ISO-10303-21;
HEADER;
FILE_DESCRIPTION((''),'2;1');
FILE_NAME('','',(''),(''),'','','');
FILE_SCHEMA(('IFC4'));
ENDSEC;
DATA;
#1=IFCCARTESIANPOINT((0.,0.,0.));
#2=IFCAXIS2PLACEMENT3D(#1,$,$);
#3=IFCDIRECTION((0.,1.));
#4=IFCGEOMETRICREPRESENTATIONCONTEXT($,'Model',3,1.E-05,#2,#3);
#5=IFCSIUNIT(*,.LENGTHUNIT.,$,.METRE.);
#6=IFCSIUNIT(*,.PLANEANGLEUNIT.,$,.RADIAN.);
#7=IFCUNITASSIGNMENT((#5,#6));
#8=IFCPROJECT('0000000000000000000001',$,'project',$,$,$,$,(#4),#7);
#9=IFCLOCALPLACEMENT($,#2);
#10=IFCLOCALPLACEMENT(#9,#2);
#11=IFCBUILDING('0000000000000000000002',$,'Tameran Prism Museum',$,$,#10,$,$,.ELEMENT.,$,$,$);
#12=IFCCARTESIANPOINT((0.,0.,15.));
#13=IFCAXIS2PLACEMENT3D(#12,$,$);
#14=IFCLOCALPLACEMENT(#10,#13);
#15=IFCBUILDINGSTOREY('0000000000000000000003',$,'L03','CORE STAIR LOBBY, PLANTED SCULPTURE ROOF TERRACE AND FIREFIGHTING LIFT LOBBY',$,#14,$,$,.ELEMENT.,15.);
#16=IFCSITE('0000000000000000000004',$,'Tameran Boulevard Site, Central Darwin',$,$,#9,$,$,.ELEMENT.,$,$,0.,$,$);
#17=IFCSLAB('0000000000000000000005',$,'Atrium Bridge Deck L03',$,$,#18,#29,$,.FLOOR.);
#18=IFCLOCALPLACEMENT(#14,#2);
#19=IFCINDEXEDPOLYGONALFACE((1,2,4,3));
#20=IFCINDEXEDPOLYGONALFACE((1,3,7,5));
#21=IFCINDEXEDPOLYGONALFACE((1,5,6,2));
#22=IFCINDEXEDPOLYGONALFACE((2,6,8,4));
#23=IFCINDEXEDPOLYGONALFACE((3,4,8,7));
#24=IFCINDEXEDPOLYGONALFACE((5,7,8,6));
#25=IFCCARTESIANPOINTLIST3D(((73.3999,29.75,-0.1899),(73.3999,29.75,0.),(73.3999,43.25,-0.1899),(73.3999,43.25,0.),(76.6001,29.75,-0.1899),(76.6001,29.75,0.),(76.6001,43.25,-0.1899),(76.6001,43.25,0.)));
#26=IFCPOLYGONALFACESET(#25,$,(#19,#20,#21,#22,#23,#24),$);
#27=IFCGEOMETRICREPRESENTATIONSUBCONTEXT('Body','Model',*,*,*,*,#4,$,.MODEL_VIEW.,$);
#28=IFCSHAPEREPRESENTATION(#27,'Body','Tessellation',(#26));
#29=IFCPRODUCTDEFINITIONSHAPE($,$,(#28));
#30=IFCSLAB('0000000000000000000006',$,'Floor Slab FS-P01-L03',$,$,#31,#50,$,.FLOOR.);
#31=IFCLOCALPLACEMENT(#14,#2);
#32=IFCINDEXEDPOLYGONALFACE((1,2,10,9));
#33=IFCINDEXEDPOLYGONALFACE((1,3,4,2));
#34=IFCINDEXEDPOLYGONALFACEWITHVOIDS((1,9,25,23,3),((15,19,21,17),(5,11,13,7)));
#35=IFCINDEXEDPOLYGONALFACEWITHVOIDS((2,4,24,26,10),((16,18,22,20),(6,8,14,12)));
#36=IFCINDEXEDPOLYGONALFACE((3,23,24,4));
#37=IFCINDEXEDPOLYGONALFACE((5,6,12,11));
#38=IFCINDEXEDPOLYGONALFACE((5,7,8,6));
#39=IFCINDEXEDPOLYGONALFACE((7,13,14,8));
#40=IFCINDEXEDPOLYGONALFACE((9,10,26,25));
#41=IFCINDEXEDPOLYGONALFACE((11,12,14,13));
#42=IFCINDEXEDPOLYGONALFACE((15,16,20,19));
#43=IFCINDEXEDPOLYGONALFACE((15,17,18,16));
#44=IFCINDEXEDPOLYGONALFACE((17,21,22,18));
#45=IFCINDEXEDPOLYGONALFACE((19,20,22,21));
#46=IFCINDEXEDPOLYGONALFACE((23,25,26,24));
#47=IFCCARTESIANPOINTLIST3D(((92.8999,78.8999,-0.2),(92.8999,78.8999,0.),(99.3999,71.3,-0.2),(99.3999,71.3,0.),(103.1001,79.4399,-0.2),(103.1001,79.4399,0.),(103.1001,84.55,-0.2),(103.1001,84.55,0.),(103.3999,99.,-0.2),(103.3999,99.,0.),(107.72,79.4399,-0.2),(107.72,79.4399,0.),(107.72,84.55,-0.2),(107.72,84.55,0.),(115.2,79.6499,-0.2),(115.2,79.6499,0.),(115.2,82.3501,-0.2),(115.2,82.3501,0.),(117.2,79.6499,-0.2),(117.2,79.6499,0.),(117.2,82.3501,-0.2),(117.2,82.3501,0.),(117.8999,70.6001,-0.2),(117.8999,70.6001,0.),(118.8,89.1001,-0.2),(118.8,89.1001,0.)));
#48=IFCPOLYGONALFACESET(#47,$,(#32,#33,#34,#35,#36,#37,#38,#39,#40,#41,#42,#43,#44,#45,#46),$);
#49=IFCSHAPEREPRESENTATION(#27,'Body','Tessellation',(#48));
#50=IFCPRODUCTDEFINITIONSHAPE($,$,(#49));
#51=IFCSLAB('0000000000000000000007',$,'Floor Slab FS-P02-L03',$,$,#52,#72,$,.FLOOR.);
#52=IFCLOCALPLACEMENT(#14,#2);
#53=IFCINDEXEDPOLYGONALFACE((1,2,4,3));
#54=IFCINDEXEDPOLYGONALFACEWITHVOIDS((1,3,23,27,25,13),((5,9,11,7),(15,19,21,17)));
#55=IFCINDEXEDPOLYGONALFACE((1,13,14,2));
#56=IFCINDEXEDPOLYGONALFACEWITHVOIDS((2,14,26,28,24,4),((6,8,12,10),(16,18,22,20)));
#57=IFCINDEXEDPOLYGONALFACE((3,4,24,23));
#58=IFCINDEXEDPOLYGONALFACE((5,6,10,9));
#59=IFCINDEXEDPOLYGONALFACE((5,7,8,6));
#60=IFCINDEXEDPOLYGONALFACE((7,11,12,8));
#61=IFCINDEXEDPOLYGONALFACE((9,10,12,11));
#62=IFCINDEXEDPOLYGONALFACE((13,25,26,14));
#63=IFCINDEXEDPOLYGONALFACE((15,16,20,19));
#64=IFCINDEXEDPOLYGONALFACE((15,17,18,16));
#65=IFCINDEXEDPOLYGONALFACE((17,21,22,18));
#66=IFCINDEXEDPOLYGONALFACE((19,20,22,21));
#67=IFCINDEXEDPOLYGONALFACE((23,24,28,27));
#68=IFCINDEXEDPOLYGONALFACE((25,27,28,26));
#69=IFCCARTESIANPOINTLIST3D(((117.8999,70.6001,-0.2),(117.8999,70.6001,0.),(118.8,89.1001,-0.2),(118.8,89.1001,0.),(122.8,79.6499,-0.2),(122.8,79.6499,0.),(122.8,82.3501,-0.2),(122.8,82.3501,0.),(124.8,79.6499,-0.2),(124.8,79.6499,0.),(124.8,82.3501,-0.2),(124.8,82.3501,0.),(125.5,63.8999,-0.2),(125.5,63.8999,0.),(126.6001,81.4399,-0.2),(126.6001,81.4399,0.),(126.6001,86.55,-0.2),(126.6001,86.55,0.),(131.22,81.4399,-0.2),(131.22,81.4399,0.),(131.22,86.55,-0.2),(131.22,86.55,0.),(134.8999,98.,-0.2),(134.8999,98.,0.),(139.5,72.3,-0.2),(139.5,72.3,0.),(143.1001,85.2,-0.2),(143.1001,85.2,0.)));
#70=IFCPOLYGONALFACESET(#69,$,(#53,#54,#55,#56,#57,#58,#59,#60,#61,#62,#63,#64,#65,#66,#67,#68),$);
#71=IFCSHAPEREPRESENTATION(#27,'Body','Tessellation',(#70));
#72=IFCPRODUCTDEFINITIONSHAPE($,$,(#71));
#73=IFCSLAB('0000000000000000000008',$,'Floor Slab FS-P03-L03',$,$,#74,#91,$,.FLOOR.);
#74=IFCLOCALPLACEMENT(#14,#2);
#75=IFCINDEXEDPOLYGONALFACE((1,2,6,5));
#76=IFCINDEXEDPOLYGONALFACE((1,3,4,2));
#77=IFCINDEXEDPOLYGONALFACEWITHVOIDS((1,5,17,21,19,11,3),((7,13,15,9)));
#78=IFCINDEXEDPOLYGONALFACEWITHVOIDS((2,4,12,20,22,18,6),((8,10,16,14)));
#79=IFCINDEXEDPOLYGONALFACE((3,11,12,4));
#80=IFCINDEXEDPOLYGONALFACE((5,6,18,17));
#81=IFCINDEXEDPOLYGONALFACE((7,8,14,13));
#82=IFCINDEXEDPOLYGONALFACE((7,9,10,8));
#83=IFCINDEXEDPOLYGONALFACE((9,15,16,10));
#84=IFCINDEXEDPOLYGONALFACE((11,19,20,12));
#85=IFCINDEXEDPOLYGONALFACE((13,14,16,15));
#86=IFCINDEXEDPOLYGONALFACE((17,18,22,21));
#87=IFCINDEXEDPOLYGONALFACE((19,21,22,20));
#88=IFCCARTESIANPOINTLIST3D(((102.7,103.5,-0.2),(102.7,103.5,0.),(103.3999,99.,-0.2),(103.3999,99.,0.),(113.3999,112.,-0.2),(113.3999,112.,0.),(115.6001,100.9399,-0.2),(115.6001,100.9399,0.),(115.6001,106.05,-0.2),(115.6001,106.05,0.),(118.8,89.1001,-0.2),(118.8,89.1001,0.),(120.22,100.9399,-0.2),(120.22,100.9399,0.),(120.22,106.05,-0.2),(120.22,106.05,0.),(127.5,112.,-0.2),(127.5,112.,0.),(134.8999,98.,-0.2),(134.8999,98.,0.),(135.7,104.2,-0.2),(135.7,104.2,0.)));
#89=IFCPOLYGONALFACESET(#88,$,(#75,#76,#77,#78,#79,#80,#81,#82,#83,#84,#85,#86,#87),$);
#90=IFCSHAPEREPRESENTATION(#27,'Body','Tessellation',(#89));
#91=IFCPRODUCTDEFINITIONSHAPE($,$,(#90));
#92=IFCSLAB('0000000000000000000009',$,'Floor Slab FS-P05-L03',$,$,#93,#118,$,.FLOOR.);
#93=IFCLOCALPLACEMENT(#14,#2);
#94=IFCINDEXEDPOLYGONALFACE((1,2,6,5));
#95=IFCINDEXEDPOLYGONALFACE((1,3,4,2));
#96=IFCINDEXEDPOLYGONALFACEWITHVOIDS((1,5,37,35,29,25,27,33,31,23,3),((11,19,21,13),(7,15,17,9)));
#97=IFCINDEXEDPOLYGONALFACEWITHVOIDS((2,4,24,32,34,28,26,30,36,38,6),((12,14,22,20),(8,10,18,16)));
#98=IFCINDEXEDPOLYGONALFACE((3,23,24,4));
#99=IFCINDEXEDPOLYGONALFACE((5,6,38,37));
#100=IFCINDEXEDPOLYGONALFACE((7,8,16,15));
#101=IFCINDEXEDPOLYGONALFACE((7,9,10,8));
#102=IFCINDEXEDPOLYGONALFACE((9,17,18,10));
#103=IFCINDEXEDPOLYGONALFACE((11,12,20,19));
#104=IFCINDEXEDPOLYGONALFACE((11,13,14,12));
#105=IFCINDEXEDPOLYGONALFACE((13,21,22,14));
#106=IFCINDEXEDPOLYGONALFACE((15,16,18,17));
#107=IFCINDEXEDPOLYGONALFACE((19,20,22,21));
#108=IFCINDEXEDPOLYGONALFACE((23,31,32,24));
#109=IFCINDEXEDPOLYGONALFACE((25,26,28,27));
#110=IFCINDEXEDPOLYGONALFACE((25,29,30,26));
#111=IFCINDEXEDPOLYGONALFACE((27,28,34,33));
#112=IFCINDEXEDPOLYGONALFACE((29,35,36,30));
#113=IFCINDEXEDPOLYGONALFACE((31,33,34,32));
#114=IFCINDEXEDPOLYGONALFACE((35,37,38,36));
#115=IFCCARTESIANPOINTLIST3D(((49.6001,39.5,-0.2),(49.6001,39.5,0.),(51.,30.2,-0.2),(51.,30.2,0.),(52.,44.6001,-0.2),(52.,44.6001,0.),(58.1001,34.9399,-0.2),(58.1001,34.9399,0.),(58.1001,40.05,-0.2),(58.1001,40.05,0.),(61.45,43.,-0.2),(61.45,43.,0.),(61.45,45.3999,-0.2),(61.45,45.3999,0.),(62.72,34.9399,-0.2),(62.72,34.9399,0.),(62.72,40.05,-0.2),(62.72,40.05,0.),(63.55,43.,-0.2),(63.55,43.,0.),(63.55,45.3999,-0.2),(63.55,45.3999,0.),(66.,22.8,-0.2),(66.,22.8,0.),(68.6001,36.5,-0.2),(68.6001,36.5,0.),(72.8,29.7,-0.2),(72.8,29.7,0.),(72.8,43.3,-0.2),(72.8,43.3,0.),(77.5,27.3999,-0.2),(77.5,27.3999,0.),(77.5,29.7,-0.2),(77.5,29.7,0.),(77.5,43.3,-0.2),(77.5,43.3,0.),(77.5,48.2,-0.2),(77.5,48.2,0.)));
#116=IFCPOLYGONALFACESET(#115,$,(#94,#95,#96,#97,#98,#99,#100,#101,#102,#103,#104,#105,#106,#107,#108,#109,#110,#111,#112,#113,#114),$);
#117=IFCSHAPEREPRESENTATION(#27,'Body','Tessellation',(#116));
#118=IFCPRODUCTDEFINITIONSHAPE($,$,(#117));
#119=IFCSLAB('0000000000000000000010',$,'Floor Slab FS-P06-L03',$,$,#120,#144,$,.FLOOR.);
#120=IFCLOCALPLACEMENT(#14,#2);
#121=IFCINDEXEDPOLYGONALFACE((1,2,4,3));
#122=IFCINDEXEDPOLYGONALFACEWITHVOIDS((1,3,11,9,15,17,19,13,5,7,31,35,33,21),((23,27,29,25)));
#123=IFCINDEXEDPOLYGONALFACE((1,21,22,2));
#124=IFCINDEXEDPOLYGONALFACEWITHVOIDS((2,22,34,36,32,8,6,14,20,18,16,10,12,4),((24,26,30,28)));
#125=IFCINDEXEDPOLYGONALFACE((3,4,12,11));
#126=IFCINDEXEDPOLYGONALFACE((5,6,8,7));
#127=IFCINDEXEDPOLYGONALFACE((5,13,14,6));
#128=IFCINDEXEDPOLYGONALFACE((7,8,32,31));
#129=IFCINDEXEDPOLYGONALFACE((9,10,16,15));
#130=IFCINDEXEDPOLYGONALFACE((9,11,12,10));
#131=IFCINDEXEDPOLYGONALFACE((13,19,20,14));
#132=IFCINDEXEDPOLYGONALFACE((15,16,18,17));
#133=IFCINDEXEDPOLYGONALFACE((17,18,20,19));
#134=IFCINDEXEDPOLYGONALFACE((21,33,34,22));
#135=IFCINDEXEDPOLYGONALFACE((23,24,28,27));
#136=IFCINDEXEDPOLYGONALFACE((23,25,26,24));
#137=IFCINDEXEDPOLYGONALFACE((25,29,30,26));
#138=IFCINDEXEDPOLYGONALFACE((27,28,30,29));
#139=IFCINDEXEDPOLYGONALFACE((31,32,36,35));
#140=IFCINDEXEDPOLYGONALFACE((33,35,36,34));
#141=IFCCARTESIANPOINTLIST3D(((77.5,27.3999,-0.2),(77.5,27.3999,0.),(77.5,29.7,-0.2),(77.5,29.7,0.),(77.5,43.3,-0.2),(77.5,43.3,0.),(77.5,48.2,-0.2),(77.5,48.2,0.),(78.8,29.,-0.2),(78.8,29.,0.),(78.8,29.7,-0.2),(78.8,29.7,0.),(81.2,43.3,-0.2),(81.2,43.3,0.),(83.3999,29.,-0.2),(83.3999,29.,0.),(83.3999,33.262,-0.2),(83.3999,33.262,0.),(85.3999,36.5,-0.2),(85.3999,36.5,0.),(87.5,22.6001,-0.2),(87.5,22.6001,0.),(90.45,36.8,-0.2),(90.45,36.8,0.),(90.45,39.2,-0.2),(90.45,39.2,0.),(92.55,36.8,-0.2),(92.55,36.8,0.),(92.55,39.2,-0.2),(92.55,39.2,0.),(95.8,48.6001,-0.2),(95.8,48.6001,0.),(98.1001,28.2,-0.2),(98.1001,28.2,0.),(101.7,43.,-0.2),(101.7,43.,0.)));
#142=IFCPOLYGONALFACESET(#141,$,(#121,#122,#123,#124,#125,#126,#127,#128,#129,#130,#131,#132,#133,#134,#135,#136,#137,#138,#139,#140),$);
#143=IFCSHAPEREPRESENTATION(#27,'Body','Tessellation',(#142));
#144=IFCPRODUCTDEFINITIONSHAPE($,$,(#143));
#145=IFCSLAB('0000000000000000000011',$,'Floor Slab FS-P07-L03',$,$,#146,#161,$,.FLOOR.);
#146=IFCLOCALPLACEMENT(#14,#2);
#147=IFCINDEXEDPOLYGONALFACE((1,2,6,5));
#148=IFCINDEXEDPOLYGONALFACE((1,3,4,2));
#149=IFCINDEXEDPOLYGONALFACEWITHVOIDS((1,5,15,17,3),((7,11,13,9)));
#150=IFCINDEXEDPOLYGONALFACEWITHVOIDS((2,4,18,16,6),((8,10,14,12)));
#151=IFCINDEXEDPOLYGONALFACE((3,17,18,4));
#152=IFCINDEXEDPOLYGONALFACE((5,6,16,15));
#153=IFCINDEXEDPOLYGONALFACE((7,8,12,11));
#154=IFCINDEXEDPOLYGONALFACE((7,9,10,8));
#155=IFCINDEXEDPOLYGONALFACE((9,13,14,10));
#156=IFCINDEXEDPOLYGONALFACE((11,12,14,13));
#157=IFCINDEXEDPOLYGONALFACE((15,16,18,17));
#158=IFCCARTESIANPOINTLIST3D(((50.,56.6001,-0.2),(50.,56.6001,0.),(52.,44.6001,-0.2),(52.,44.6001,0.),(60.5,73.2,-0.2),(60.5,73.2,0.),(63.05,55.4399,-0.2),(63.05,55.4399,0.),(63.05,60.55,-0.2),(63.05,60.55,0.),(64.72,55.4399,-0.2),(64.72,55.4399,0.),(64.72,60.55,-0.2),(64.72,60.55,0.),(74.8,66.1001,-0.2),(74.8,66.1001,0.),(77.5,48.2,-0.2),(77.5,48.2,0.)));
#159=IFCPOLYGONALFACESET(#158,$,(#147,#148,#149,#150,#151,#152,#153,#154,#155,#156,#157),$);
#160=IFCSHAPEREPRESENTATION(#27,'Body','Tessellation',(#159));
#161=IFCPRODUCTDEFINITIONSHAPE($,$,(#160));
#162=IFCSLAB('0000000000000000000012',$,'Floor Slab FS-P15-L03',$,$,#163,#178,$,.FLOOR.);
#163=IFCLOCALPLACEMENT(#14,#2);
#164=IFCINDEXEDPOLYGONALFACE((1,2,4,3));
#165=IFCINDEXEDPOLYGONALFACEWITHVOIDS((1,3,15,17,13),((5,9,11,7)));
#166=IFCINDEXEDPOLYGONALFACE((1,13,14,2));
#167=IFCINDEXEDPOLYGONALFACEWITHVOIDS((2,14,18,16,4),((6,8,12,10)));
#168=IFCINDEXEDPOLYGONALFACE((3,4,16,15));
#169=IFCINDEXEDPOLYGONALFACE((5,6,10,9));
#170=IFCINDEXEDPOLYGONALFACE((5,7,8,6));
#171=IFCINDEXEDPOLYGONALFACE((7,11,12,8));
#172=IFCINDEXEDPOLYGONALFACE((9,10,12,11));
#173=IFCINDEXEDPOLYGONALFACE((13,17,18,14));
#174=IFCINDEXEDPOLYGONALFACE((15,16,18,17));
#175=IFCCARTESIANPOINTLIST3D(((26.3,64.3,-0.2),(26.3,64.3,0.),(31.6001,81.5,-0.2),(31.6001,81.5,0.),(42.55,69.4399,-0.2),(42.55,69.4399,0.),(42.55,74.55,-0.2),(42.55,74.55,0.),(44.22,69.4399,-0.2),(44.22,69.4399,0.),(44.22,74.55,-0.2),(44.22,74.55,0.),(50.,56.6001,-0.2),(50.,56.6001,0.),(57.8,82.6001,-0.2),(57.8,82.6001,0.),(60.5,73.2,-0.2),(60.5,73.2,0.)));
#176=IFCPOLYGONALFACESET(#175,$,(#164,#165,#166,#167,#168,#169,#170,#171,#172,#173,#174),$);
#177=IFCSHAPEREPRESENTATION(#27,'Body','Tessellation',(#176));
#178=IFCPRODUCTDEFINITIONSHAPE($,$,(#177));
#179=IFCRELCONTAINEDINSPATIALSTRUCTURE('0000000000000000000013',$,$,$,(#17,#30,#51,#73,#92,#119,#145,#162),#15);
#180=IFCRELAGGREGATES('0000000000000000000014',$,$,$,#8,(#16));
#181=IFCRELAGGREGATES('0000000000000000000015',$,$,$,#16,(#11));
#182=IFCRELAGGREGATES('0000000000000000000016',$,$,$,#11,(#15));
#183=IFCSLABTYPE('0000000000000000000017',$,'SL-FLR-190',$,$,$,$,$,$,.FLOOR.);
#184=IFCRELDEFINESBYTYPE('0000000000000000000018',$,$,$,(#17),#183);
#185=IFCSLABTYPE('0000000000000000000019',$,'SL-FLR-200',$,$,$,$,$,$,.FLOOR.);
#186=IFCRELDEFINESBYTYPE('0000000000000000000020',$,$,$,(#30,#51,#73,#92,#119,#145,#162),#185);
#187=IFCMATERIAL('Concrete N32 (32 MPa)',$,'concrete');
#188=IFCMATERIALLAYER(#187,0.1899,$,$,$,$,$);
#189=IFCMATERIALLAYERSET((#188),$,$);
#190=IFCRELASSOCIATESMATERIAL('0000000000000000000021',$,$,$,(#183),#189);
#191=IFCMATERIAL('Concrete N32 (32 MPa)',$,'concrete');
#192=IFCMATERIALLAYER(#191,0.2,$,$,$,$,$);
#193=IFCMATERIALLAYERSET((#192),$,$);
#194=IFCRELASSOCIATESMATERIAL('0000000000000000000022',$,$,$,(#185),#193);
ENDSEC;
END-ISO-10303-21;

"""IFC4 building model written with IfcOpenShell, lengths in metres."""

from ifc_helpers import new_model, si_unit, direction, frame, origin, place, context, subcontext, project, spatial, polyline, outline, extrude, material, layer, layer_set, type_object, element, save


model = new_model("IFC4")

# Units and contexts
model_context = context("Model", 3, precision=1e-05, world=origin(), true_north=direction((0.0, 1.0)))
body_context = subcontext(model_context, "Body", "Model", "MODEL_VIEW")
ifc_project = project(units=[si_unit("LENGTHUNIT", "METRE"), si_unit("PLANEANGLEUNIT", "RADIAN")], contexts=[model_context])

# Site, building, storey
site_placement = place(None, origin())
site = spatial("IfcSite", under=ifc_project, at=site_placement, Name="Tameran Boulevard Site, Central Darwin", CompositionType="ELEMENT", RefElevation=0.0)
building_placement = place(site_placement, origin())
building = spatial("IfcBuilding", under=site, at=building_placement, Name="Tameran Prism Museum", CompositionType="ELEMENT")
storey_placement = place(building_placement, frame((0.0, 0.0, 15.0)))
storey = spatial("IfcBuildingStorey", under=building, at=storey_placement, Name="L03", Description="CORE STAIR LOBBY, PLANTED SCULPTURE ROOF TERRACE AND FIREFIGHTING LIFT LOBBY", CompositionType="ELEMENT", Elevation=15.0)

# Slabs
ifc_material_1 = material(Name="Concrete N32 (32 MPa)", Category="concrete")
ifc_layer_1 = layer(ifc_material_1, 0.1899)
ifc_layer_set_1 = layer_set([ifc_layer_1])
slab_type_1 = type_object("IfcSlabType", Name="SL-FLR-190", PredefinedType="FLOOR", material=ifc_layer_set_1)
slab_1_placement = place(storey_placement, frame((0.0, 0.0, -0.1899)))
element("IfcSlab", 1, at=slab_1_placement, inside=storey, type_object=slab_type_1, Name="Atrium Bridge Deck L03", PredefinedType="FLOOR", context=body_context, shape_type="SweptSolid", body=[
    extrude(outline(polyline([(73.3999, 29.75), (73.3999, 43.25), (76.6001, 43.25), (76.6001, 29.75), (73.3999, 29.75)])), origin(), (0.0, 0.0, 1.0), 0.1899),
])
ifc_material_2 = material(Name="Concrete N32 (32 MPa)", Category="concrete")
ifc_layer_2 = layer(ifc_material_2, 0.2)
ifc_layer_set_2 = layer_set([ifc_layer_2])
slab_type_2 = type_object("IfcSlabType", Name="SL-FLR-200", PredefinedType="FLOOR", material=ifc_layer_set_2)
slab_2_placement = place(storey_placement, frame((0.0, 0.0, -0.2)))
element("IfcSlab", 2, at=slab_2_placement, inside=storey, type_object=slab_type_2, Name="Floor Slab FS-P01-L03", PredefinedType="FLOOR", context=body_context, shape_type="SweptSolid", body=[
    extrude(outline(polyline([(92.8999, 78.8999), (103.3999, 99.0), (118.8, 89.1001), (117.8999, 70.6001), (99.3999, 71.3), (92.8999, 78.8999)]), holes=[polyline([(117.2, 79.6499), (117.2, 82.3501), (115.2, 82.3501), (115.2, 79.6499), (117.2, 79.6499)]), polyline([(107.72, 79.4399), (107.72, 84.55), (103.1001, 84.55), (103.1001, 79.4399), (107.72, 79.4399)])]), origin(), (0.0, 0.0, 1.0), 0.2),
])
slab_3_placement = place(storey_placement, frame((0.0, 0.0, -0.2)))
element("IfcSlab", 3, at=slab_3_placement, inside=storey, type_object=slab_type_2, Name="Floor Slab FS-P02-L03", PredefinedType="FLOOR", context=body_context, shape_type="SweptSolid", body=[
    extrude(outline(polyline([(118.8, 89.1001), (134.8999, 98.0), (143.1001, 85.2), (139.5, 72.3), (125.5, 63.8999), (117.8999, 70.6001), (118.8, 89.1001)]), holes=[polyline([(124.8, 79.6499), (124.8, 82.3501), (122.8, 82.3501), (122.8, 79.6499), (124.8, 79.6499)]), polyline([(131.22, 81.4399), (131.22, 86.55), (126.6001, 86.55), (126.6001, 81.4399), (131.22, 81.4399)])]), origin(), (0.0, 0.0, 1.0), 0.2),
])
slab_4_placement = place(storey_placement, frame((0.0, 0.0, -0.2)))
element("IfcSlab", 4, at=slab_4_placement, inside=storey, type_object=slab_type_2, Name="Floor Slab FS-P03-L03", PredefinedType="FLOOR", context=body_context, shape_type="SweptSolid", body=[
    extrude(outline(polyline([(102.7, 103.5), (113.3999, 112.0), (127.5, 112.0), (135.7, 104.2), (134.8999, 98.0), (118.8, 89.1001), (103.3999, 99.0), (102.7, 103.5)]), holes=[polyline([(120.22, 106.05), (115.6001, 106.05), (115.6001, 100.9399), (120.22, 100.9399), (120.22, 106.05)])]), origin(), (0.0, 0.0, 1.0), 0.2),
])
slab_5_placement = place(storey_placement, frame((0.0, 0.0, -0.2)))
element("IfcSlab", 5, at=slab_5_placement, inside=storey, type_object=slab_type_2, Name="Floor Slab FS-P05-L03", PredefinedType="FLOOR", context=body_context, shape_type="SweptSolid", body=[
    extrude(outline(polyline([(77.5, 27.3999), (66.0, 22.8), (51.0, 30.2), (49.6001, 39.5), (52.0, 44.6001), (77.5, 48.2), (77.5, 43.3), (72.8, 43.3), (68.6001, 36.5), (72.8, 29.7), (77.5, 29.7), (77.5, 27.3999)]), holes=[polyline([(58.1001, 34.9399), (62.72, 34.9399), (62.72, 40.05), (58.1001, 40.05), (58.1001, 34.9399)]), polyline([(61.45, 43.0), (63.55, 43.0), (63.55, 45.3999), (61.45, 45.3999), (61.45, 43.0)])]), origin(), (0.0, 0.0, 1.0), 0.2),
])
slab_6_placement = place(storey_placement, frame((0.0, 0.0, -0.2)))
element("IfcSlab", 6, at=slab_6_placement, inside=storey, type_object=slab_type_2, Name="Floor Slab FS-P06-L03", PredefinedType="FLOOR", context=body_context, shape_type="SweptSolid", body=[
    extrude(outline(polyline([(77.5, 48.2), (95.8, 48.6001), (101.7, 43.0), (98.1001, 28.2), (87.5, 22.6001), (77.5, 27.3999), (77.5, 29.7), (78.8, 29.7), (78.8, 29.0), (83.3999, 29.0), (83.3999, 33.262), (85.3999, 36.5), (81.2, 43.3), (77.5, 43.3), (77.5, 48.2)]), holes=[polyline([(92.55, 36.8), (92.55, 39.2), (90.45, 39.2), (90.45, 36.8), (92.55, 36.8)])]), origin(), (0.0, 0.0, 1.0), 0.2),
])
slab_7_placement = place(storey_placement, frame((0.0, 0.0, -0.2)))
element("IfcSlab", 7, at=slab_7_placement, inside=storey, type_object=slab_type_2, Name="Floor Slab FS-P07-L03", PredefinedType="FLOOR", context=body_context, shape_type="SweptSolid", body=[
    extrude(outline(polyline([(60.5, 73.2), (74.8, 66.1001), (77.5, 48.2), (52.0, 44.6001), (50.0, 56.6001), (60.5, 73.2)]), holes=[polyline([(64.72, 60.55), (63.05, 60.55), (63.05, 55.4399), (64.72, 55.4399), (64.72, 60.55)])]), origin(), (0.0, 0.0, 1.0), 0.2),
])
slab_8_placement = place(storey_placement, frame((0.0, 0.0, -0.2)))
element("IfcSlab", 8, at=slab_8_placement, inside=storey, type_object=slab_type_2, Name="Floor Slab FS-P15-L03", PredefinedType="FLOOR", context=body_context, shape_type="SweptSolid", body=[
    extrude(outline(polyline([(26.3, 64.3), (31.6001, 81.5), (57.8, 82.6001), (60.5, 73.2), (50.0, 56.6001), (26.3, 64.3)]), holes=[polyline([(44.22, 74.55), (42.55, 74.55), (42.55, 69.4399), (44.22, 69.4399), (44.22, 74.55)])]), origin(), (0.0, 0.0, 1.0), 0.2),
])

save(model, "model.ifc")
